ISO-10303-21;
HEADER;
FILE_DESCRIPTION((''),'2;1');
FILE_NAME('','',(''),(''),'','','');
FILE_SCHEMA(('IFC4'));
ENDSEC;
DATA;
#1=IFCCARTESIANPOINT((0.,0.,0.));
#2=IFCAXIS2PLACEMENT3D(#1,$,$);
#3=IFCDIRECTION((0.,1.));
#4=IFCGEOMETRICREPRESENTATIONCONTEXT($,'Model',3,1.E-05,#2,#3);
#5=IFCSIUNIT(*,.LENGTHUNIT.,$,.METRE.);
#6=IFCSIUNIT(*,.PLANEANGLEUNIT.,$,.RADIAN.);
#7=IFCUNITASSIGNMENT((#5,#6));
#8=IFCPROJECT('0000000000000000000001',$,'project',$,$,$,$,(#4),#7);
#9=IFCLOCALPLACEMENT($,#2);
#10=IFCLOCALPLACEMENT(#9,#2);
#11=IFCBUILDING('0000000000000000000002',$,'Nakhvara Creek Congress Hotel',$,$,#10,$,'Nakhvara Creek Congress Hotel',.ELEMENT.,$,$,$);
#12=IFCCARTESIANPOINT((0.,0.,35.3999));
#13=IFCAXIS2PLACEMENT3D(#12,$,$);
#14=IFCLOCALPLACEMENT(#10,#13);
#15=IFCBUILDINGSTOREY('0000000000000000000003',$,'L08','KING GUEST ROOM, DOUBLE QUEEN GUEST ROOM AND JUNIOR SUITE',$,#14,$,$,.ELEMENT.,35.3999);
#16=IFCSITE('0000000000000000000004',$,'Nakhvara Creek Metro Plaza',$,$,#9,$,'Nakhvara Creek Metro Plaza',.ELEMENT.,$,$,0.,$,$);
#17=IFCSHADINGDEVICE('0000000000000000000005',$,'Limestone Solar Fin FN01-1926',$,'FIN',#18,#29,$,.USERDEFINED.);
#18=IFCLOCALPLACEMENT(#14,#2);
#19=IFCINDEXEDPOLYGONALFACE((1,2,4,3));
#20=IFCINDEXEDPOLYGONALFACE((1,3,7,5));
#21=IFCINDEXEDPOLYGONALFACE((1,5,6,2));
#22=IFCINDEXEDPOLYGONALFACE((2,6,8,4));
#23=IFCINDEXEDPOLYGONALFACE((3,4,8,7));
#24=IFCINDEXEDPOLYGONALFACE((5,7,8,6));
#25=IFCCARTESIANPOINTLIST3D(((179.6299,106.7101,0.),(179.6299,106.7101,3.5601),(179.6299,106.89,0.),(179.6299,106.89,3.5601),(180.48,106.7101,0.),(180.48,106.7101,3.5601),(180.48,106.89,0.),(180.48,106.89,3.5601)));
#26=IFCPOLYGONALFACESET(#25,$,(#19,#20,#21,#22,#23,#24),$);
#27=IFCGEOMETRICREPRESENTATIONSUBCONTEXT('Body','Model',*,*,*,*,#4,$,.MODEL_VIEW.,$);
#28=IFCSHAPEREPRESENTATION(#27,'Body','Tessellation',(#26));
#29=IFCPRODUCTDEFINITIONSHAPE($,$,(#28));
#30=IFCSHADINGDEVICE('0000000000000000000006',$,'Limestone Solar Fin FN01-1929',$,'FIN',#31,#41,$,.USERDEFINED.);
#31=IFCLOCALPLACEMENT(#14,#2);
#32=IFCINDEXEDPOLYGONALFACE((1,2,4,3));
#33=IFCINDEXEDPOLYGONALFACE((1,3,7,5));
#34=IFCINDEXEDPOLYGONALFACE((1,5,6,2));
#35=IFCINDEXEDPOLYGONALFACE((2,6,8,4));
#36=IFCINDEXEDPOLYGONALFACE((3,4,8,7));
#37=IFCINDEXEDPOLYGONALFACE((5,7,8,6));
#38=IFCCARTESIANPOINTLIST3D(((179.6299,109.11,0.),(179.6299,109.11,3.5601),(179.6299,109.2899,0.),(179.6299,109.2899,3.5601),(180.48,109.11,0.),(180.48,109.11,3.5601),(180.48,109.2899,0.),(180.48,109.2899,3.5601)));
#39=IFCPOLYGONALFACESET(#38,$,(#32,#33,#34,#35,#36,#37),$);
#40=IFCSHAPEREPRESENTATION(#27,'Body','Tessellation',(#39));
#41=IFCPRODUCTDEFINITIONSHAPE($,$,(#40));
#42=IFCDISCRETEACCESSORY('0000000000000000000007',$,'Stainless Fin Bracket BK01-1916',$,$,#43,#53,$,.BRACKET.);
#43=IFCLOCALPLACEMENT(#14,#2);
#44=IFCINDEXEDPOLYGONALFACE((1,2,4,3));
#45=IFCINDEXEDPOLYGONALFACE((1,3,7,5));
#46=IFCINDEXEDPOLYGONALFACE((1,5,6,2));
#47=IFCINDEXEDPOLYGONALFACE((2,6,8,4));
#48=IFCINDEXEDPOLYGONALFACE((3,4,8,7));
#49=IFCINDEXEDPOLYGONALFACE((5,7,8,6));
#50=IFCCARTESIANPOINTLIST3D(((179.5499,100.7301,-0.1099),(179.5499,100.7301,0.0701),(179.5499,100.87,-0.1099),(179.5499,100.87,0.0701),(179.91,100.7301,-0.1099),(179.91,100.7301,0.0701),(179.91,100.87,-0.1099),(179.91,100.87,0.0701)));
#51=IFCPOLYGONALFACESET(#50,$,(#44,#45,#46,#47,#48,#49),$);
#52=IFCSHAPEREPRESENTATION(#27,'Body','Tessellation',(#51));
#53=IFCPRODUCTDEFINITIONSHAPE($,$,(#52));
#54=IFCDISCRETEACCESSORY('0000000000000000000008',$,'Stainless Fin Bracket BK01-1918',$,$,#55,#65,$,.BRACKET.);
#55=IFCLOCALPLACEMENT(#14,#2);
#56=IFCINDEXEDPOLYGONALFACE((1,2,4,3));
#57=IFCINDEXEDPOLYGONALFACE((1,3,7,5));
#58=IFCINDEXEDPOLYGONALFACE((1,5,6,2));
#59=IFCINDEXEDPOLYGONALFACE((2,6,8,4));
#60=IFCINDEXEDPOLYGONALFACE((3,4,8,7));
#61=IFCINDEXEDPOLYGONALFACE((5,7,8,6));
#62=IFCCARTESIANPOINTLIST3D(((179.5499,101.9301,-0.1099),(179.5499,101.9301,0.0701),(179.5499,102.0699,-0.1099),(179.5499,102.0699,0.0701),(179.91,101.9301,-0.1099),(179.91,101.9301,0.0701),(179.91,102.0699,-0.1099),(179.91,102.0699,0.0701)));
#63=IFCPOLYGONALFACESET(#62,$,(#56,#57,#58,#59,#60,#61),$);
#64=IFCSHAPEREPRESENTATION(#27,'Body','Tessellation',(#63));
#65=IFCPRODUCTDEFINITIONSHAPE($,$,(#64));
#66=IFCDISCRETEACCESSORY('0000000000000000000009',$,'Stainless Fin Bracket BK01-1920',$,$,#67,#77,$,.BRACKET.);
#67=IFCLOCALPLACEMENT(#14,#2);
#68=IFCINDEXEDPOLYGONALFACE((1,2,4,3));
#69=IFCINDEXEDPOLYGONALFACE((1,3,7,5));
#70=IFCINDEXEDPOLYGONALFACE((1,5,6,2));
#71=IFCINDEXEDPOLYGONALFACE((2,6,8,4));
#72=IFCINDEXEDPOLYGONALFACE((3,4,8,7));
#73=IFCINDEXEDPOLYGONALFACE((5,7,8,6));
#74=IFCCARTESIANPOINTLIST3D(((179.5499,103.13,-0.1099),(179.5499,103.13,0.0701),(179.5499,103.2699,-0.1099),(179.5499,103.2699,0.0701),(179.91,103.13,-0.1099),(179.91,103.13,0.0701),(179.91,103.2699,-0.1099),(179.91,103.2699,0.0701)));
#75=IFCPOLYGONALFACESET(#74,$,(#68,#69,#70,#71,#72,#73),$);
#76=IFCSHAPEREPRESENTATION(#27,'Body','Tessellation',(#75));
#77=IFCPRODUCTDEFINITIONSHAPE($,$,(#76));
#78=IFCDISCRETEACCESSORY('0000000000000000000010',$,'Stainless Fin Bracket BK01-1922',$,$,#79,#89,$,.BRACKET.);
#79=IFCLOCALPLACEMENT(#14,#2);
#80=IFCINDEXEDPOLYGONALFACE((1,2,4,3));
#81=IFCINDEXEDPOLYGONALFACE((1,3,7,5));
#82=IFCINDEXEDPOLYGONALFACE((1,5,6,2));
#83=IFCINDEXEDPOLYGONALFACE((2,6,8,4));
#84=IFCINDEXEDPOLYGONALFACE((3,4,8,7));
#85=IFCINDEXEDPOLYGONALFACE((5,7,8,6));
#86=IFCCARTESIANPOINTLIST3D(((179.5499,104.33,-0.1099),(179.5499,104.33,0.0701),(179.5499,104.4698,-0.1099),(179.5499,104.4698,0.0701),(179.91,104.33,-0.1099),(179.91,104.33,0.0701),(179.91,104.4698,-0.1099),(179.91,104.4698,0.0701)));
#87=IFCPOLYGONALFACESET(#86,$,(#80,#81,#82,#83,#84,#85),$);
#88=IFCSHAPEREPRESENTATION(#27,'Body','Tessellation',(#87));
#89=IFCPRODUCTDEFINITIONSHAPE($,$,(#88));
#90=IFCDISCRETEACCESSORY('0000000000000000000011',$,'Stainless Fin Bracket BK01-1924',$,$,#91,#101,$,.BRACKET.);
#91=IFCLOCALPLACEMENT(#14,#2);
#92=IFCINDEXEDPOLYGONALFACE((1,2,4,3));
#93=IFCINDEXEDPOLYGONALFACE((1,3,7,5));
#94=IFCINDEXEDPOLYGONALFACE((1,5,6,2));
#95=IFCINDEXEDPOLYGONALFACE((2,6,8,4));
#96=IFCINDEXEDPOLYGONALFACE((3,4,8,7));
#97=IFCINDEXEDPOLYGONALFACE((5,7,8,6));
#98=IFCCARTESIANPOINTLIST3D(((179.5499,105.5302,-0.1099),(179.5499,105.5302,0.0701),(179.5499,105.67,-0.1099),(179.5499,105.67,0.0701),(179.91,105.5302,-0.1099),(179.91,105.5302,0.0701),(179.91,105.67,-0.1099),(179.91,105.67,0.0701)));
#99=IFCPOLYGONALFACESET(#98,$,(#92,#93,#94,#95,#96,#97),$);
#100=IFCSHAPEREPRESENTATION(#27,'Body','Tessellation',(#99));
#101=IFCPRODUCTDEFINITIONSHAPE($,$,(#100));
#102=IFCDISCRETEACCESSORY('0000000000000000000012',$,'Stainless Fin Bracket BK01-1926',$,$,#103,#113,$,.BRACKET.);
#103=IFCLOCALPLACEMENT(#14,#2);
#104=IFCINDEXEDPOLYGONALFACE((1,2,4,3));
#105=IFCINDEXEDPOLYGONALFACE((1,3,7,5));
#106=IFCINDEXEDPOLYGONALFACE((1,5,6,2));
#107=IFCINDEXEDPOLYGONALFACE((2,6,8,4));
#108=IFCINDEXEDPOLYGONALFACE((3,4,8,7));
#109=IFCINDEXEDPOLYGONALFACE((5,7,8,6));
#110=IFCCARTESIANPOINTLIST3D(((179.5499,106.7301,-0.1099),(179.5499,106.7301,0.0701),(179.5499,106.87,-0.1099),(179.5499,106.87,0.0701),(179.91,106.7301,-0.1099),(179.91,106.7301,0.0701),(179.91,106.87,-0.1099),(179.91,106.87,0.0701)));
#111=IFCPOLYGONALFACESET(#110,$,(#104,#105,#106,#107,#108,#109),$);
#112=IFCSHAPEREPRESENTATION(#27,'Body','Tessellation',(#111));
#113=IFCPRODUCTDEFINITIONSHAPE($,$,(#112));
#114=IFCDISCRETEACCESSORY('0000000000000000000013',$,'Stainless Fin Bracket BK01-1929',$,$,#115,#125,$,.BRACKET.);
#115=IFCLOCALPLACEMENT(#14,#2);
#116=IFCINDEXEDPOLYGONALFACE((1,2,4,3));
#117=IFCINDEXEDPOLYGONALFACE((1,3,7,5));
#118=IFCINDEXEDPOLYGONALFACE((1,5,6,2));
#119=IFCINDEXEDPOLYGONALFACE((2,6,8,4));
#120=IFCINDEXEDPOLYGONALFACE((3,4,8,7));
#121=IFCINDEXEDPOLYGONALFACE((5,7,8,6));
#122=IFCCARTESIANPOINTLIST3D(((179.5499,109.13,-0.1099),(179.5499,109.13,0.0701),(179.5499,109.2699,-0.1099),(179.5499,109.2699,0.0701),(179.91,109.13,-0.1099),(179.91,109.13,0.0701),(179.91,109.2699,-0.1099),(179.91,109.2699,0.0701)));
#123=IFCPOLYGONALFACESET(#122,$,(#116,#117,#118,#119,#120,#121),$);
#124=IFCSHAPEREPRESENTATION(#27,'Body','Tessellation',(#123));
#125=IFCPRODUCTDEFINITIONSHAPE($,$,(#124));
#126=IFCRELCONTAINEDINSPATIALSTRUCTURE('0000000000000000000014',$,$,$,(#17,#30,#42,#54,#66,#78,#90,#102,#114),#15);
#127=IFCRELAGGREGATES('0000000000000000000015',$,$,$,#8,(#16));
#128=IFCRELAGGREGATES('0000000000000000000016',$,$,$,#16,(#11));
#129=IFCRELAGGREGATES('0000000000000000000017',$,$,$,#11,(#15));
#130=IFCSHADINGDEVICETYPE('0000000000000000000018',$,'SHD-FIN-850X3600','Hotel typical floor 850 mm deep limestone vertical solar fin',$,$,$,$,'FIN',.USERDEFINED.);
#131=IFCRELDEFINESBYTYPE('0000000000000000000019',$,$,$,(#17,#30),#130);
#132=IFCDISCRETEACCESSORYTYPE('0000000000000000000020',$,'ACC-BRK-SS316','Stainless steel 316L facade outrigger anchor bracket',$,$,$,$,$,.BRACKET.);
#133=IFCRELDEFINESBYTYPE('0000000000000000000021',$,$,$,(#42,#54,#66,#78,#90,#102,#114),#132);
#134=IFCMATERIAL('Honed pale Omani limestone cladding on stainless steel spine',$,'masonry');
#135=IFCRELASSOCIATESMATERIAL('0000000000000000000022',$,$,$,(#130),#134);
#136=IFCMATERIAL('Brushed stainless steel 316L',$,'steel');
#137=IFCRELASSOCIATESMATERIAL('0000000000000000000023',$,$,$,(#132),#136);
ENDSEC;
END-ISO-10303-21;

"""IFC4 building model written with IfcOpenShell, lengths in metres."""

from ifc_helpers import new_model, si_unit, direction, frame, origin, origin_2d, place, context, subcontext, project, spatial, rectangle, extrude, material, type_object, element, save


model = new_model("IFC4")

# Units and contexts
model_context = context("Model", 3, precision=1e-05, world=origin(), true_north=direction((0.0, 1.0)))
body_context = subcontext(model_context, "Body", "Model", "MODEL_VIEW")
ifc_project = project(units=[si_unit("LENGTHUNIT", "METRE"), si_unit("PLANEANGLEUNIT", "RADIAN")], contexts=[model_context])

# Site, building, storey
site_placement = place(None, origin())
site = spatial("IfcSite", under=ifc_project, at=site_placement, Name="Nakhvara Creek Metro Plaza", LongName="Nakhvara Creek Metro Plaza", CompositionType="ELEMENT", RefElevation=0.0)
building_placement = place(site_placement, origin())
building = spatial("IfcBuilding", under=site, at=building_placement, Name="Nakhvara Creek Congress Hotel", LongName="Nakhvara Creek Congress Hotel", CompositionType="ELEMENT")
storey_placement = place(building_placement, frame((0.0, 0.0, 35.3999)))
storey = spatial("IfcBuildingStorey", under=building, at=storey_placement, Name="L08", Description="KING GUEST ROOM, DOUBLE QUEEN GUEST ROOM AND JUNIOR SUITE", CompositionType="ELEMENT", Elevation=35.3999)

# Shading devices
ifc_material_1 = material(Name="Honed pale Omani limestone cladding on stainless steel spine", Category="masonry")
shading_device_type = type_object("IfcShadingDeviceType", Name="SHD-FIN-850X3600", Description="Hotel typical floor 850 mm deep limestone vertical solar fin", ElementType="FIN", PredefinedType="USERDEFINED", material=ifc_material_1)
for number, where, z_axis, x_axis, name in (
    (1, (180.0549, 106.8, 0.0), (0.0, 0.0, 1.0), (0.0, 1.0, 0.0), "Limestone Solar Fin FN01-1926"),
    (2, (180.0549, 109.2, 0.0), (0.0, 0.0, 1.0), (0.0, 1.0, 0.0), "Limestone Solar Fin FN01-1929"),
):
    element("IfcShadingDevice", number, at=place(storey_placement, frame(where, z_axis=z_axis, x_axis=x_axis)), inside=storey, type_object=shading_device_type, Name=name, ObjectType="FIN", PredefinedType="USERDEFINED", context=body_context, shape_type="SweptSolid", body=[
        extrude(rectangle(XDim=0.1799, YDim=0.8501, at=origin_2d()), origin(), (0.0, 0.0, 1.0), 3.5601),
    ])

# Discrete accessories
ifc_material_2 = material(Name="Brushed stainless steel 316L", Category="steel")
discrete_accessory_type = type_object("IfcDiscreteAccessoryType", Name="ACC-BRK-SS316", Description="Stainless steel 316L facade outrigger anchor bracket", PredefinedType="BRACKET", material=ifc_material_2)
for number, where, z_axis, x_axis, name in (
    (3, (179.73, 100.8, -0.1099), (0.0, 0.0, 1.0), (0.0, 1.0, 0.0), "Stainless Fin Bracket BK01-1916"),
    (4, (179.73, 102.0, -0.1099), (0.0, 0.0, 1.0), (0.0, 1.0, 0.0), "Stainless Fin Bracket BK01-1918"),
    (5, (179.73, 103.2, -0.1099), (0.0, 0.0, 1.0), (0.0, 1.0, 0.0), "Stainless Fin Bracket BK01-1920"),
    (6, (179.73, 104.3999, -0.1099), (0.0, 0.0, 1.0), (0.0, 1.0, 0.0), "Stainless Fin Bracket BK01-1922"),
    (7, (179.73, 105.6001, -0.1099), (0.0, 0.0, 1.0), (0.0, 1.0, 0.0), "Stainless Fin Bracket BK01-1924"),
    (8, (179.73, 106.8, -0.1099), (0.0, 0.0, 1.0), (0.0, 1.0, 0.0), "Stainless Fin Bracket BK01-1926"),
    (9, (179.73, 109.2, -0.1099), (0.0, 0.0, 1.0), (0.0, 1.0, 0.0), "Stainless Fin Bracket BK01-1929"),
):
    element("IfcDiscreteAccessory", number, at=place(storey_placement, frame(where, z_axis=z_axis, x_axis=x_axis)), inside=storey, type_object=discrete_accessory_type, Name=name, PredefinedType="BRACKET", context=body_context, shape_type="SweptSolid", body=[
        extrude(rectangle(XDim=0.1399, YDim=0.3601, at=origin_2d()), origin(), (0.0, 0.0, 1.0), 0.1799),
    ])

save(model, "model.ifc")
